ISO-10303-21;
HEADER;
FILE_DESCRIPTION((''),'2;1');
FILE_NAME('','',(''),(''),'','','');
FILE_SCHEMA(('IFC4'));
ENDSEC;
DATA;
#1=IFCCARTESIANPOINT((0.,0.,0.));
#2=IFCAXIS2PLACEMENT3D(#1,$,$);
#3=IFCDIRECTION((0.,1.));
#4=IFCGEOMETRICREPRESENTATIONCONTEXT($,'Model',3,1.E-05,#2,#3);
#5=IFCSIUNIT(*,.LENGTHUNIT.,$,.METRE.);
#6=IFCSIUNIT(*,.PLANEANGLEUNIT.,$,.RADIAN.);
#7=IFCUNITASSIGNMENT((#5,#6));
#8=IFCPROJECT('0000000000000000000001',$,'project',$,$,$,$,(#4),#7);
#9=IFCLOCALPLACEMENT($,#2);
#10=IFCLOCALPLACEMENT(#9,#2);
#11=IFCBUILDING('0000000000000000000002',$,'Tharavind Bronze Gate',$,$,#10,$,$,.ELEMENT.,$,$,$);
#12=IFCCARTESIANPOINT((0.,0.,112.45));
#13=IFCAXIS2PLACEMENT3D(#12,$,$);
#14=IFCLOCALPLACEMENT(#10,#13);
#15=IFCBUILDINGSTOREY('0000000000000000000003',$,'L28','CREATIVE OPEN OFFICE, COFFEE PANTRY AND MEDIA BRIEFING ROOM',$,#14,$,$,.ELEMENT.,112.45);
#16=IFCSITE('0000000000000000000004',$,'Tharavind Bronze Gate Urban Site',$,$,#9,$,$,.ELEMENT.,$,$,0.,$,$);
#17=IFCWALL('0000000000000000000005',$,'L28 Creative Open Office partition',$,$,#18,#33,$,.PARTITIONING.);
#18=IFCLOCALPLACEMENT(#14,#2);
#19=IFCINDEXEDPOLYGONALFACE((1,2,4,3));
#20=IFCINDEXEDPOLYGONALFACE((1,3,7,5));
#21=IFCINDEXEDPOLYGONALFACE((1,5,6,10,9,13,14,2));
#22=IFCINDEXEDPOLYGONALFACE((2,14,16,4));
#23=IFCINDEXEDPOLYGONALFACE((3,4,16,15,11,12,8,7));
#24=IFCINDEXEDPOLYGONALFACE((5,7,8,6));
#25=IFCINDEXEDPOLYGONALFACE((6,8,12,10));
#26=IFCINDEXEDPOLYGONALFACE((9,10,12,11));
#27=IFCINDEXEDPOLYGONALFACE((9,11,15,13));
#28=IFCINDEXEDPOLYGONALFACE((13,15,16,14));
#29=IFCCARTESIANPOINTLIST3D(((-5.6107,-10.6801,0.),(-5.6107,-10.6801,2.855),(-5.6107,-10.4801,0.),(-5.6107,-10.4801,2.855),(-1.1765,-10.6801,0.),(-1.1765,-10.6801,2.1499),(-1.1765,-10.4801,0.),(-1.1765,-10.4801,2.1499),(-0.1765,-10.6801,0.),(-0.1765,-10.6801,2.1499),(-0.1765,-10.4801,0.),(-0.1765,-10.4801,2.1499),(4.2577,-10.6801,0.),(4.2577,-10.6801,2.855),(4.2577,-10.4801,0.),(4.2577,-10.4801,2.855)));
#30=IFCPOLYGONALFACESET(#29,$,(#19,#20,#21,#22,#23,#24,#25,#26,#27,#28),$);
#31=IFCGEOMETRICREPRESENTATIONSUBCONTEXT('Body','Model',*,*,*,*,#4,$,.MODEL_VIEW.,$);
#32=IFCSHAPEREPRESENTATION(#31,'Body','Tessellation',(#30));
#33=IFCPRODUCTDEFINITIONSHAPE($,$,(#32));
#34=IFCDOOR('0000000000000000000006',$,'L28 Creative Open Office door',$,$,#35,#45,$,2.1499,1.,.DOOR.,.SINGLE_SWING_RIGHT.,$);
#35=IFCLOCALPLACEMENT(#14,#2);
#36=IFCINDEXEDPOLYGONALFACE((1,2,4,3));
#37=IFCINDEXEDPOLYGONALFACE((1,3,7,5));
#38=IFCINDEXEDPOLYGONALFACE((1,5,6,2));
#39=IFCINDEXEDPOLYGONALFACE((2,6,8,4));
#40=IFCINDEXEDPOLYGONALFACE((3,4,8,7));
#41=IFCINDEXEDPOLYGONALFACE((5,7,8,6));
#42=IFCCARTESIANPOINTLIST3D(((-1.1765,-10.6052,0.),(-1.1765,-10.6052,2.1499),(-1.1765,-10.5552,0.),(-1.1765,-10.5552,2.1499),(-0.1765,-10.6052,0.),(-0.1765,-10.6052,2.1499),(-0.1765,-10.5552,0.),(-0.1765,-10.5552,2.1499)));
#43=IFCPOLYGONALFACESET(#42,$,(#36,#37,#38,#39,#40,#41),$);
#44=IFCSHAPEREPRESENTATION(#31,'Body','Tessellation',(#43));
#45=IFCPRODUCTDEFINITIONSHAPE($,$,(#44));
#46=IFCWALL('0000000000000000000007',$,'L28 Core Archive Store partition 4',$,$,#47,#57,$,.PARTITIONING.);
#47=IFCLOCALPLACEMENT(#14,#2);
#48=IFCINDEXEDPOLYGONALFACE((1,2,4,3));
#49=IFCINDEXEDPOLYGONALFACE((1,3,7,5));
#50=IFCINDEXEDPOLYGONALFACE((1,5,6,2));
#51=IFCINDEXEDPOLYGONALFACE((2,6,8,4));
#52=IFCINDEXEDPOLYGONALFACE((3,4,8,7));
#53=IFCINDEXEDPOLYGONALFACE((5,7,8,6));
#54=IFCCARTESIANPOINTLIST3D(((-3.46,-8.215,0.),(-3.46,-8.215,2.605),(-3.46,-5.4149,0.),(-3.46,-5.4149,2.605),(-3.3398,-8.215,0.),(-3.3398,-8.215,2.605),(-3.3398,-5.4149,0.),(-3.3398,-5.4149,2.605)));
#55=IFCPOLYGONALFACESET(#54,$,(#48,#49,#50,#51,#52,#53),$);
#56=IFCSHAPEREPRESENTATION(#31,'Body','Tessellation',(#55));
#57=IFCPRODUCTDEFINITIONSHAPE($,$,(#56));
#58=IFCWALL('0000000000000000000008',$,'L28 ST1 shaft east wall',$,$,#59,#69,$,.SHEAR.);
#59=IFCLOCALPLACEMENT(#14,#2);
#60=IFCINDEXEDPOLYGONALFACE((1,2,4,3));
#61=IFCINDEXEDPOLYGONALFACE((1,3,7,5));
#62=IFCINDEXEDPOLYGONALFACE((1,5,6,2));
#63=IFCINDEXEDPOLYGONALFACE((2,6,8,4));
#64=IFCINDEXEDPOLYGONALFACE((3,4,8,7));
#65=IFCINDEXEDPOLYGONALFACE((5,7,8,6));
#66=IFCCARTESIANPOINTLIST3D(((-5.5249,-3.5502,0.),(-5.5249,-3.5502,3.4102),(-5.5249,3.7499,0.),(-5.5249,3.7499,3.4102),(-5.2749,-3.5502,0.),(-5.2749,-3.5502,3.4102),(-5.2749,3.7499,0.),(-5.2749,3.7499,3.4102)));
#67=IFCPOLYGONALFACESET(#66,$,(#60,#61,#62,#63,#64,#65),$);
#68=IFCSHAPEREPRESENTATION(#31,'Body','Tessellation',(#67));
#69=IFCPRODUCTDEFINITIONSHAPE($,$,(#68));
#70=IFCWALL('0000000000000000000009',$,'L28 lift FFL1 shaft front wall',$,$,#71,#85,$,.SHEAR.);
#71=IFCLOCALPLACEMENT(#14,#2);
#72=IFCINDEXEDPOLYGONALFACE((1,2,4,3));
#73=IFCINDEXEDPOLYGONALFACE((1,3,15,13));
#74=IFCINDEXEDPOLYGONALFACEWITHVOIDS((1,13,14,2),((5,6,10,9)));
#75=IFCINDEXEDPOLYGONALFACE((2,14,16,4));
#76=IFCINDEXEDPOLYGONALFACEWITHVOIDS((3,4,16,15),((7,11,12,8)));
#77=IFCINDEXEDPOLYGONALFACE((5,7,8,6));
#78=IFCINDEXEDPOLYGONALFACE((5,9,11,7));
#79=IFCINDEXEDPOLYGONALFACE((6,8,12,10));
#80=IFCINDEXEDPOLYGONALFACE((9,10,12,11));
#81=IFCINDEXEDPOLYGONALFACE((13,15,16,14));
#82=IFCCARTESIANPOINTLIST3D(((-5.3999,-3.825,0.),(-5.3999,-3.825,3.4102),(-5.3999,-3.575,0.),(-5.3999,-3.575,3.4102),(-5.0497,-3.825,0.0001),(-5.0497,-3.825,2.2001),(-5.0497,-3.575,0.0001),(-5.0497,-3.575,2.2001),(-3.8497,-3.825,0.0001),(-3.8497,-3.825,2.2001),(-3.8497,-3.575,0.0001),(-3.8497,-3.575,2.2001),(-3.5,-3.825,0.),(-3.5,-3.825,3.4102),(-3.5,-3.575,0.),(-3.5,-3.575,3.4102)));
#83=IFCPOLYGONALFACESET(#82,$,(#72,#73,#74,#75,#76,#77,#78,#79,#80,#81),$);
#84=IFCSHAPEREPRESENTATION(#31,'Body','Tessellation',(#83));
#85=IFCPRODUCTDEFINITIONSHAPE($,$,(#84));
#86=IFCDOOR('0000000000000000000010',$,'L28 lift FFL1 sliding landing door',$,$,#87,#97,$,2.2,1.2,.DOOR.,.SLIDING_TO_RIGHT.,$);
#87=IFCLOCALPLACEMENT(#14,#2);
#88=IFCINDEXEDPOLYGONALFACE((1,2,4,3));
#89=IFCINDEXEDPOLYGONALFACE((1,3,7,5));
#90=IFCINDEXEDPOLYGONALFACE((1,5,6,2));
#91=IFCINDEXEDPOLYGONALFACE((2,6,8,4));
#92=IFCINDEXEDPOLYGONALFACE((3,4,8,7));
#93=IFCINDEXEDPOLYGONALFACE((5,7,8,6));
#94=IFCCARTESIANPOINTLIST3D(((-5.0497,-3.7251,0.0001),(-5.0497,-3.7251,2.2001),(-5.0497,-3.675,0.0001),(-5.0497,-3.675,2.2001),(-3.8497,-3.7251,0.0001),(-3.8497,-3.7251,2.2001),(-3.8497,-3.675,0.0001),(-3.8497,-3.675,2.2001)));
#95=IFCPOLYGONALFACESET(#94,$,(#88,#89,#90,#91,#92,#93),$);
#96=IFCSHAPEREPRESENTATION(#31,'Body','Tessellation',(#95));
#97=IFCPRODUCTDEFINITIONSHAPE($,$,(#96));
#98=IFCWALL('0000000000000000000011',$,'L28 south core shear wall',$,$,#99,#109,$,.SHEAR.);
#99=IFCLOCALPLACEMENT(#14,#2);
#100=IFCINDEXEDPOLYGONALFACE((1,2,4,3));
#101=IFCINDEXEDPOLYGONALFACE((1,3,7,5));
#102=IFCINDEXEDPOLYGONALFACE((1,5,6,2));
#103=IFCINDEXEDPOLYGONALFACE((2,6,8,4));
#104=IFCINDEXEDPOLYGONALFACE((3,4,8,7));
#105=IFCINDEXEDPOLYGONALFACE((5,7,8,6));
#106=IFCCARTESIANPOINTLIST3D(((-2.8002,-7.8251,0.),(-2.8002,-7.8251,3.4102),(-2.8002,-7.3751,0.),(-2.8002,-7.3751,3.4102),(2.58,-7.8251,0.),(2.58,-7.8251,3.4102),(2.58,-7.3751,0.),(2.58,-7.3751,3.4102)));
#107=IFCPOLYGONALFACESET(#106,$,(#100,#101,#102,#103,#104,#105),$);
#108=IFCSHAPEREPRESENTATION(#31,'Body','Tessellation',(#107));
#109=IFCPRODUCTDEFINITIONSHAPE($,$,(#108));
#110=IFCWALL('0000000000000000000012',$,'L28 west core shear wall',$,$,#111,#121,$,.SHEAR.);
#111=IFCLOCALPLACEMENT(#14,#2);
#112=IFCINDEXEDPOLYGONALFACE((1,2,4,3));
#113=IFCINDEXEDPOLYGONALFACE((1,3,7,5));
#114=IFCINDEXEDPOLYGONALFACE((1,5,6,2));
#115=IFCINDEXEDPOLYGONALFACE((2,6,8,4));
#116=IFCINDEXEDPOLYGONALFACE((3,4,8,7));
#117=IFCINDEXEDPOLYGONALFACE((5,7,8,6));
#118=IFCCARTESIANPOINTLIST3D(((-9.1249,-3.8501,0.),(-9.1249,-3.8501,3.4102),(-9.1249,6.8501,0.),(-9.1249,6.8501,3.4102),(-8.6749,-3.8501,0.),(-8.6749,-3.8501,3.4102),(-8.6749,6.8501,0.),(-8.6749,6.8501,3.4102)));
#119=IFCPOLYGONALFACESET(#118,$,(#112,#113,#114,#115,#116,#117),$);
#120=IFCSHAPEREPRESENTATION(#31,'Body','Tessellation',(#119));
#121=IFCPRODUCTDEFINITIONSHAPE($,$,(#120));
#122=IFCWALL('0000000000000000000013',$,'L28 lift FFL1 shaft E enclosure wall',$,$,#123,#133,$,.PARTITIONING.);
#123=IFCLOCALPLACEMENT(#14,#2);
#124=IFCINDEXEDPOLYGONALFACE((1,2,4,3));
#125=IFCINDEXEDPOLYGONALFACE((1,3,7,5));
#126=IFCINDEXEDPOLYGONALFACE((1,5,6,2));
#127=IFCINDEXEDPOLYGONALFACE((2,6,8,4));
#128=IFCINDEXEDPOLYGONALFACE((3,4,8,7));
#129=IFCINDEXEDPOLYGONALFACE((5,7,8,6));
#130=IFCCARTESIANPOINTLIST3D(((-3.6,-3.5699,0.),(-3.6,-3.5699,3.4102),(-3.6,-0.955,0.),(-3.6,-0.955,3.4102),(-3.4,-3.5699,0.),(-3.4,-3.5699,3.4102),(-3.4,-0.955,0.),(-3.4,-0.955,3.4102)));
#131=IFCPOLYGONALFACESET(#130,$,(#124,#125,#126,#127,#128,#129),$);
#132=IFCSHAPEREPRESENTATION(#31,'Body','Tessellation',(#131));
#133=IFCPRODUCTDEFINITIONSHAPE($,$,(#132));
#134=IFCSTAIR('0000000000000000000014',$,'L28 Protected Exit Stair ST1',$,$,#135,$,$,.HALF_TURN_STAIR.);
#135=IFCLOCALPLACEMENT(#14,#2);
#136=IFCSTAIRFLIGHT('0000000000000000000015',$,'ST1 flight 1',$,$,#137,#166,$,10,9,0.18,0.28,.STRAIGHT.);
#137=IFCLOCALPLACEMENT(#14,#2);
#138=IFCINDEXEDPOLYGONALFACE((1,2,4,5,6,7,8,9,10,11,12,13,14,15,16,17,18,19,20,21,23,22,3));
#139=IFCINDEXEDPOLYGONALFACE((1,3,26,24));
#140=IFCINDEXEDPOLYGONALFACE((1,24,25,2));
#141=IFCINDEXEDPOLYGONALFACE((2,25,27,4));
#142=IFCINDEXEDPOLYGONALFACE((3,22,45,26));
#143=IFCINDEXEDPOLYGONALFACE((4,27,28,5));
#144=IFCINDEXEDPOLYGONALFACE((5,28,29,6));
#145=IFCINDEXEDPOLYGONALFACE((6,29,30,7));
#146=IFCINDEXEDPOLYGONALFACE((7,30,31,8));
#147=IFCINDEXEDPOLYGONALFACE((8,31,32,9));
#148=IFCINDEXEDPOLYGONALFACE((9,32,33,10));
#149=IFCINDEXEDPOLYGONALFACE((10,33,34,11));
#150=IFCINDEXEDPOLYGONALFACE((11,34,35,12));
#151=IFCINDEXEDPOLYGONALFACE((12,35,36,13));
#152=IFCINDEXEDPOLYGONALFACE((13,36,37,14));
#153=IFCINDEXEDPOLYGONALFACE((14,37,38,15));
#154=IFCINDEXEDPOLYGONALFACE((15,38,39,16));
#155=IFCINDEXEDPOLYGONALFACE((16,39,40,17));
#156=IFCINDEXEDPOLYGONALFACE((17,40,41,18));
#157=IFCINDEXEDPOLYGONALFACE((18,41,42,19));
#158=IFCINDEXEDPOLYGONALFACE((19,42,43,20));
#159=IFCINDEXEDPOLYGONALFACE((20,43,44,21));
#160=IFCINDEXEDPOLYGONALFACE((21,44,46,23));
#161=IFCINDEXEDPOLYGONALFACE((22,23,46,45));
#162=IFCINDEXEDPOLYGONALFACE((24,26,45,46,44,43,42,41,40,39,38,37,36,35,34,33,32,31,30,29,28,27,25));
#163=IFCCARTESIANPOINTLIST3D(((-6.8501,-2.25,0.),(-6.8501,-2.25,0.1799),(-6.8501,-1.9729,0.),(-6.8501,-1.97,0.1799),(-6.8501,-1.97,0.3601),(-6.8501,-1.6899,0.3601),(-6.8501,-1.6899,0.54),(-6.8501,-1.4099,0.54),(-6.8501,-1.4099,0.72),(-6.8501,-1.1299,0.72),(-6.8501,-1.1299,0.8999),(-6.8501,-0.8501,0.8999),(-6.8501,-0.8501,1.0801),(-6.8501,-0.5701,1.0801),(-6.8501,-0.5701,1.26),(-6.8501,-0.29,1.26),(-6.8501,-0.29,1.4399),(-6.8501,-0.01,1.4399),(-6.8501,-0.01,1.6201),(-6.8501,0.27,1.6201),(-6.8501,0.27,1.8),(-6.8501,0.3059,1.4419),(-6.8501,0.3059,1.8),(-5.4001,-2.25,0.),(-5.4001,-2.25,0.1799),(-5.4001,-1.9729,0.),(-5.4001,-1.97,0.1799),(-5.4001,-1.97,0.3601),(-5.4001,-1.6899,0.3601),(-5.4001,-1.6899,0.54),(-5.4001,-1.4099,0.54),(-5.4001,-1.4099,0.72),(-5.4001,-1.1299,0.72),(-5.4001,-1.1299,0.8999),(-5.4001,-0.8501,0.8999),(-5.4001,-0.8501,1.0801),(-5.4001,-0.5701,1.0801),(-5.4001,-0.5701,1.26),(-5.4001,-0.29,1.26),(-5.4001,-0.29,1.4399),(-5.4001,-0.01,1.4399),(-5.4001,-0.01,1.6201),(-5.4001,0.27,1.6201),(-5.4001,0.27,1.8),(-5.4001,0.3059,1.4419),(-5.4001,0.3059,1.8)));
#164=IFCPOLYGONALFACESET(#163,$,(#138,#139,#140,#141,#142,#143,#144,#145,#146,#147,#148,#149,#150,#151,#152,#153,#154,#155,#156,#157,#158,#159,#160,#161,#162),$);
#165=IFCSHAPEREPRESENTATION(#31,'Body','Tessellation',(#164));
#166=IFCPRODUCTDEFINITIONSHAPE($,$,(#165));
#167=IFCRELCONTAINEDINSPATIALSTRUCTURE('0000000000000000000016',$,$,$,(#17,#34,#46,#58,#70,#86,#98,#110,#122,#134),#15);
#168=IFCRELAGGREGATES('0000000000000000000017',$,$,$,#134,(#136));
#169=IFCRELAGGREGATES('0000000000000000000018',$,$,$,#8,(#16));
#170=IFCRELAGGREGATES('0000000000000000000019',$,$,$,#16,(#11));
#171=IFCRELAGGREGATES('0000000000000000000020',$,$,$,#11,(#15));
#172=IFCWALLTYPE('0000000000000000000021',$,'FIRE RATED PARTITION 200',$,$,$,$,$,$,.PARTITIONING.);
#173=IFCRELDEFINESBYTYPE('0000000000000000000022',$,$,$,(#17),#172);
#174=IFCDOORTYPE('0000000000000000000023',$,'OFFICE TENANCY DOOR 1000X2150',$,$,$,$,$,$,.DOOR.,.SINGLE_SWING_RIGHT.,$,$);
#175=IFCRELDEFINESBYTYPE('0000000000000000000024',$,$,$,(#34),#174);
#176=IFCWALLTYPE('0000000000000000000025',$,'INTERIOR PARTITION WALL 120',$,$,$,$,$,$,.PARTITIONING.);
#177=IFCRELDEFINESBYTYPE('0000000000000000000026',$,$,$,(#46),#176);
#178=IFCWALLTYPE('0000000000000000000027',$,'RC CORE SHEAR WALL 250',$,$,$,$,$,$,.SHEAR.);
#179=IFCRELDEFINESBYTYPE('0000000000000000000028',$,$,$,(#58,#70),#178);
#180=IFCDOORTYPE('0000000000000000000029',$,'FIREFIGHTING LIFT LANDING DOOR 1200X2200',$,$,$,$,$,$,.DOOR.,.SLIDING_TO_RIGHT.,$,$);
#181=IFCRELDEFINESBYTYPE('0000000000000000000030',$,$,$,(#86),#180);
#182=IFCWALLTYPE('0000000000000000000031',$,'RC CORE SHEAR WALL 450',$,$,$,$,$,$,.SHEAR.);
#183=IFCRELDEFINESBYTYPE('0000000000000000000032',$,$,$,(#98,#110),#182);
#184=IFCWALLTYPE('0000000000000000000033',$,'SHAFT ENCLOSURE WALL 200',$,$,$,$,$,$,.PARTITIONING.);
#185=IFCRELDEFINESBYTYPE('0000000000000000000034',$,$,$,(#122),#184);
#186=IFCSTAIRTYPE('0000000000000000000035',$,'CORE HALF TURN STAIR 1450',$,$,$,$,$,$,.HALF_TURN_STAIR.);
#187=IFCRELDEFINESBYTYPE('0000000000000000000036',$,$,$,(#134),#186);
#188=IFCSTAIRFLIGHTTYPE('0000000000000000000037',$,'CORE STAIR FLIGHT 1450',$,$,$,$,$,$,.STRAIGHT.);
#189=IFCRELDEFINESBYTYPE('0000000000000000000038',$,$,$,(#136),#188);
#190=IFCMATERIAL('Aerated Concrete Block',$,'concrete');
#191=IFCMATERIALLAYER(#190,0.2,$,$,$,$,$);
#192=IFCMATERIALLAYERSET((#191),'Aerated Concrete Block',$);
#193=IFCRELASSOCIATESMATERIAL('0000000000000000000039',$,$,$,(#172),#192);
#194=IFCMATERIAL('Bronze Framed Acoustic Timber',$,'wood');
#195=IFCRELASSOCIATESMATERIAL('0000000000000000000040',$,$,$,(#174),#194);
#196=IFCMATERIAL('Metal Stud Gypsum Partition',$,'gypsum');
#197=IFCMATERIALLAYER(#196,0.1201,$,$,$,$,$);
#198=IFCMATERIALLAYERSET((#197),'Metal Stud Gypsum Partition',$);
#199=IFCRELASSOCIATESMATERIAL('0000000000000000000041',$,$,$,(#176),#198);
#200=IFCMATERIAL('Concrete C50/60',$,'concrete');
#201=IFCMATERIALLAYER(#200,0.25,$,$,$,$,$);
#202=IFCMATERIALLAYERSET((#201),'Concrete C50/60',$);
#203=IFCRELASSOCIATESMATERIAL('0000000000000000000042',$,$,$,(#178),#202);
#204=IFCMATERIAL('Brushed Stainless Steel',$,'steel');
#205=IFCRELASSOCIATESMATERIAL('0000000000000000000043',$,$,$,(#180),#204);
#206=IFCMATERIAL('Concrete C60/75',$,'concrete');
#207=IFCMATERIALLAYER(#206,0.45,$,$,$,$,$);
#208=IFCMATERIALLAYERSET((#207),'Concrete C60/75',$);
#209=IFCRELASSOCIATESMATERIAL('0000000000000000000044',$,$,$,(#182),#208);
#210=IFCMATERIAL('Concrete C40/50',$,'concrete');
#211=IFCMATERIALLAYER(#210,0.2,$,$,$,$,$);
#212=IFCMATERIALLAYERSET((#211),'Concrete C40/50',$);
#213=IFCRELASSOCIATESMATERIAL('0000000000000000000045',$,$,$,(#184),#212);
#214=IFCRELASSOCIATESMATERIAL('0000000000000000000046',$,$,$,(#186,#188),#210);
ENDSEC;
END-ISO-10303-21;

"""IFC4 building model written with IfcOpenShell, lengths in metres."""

from ifc_helpers import new_model, si_unit, direction, frame, frame_2d, origin, place, context, subcontext, project, spatial, polyline, rectangle, outline, extrude, material, layer, layer_set, type_object, element, fill, aggregate, save


model = new_model("IFC4")

# Units and contexts
model_context = context("Model", 3, precision=1e-05, world=origin(), true_north=direction((0.0, 1.0)))
body_context = subcontext(model_context, "Body", "Model", "MODEL_VIEW")
ifc_project = project(units=[si_unit("LENGTHUNIT", "METRE"), si_unit("PLANEANGLEUNIT", "RADIAN")], contexts=[model_context])

# Site, building, storey
site_placement = place(None, origin())
site = spatial("IfcSite", under=ifc_project, at=site_placement, Name="Tharavind Bronze Gate Urban Site", CompositionType="ELEMENT", RefElevation=0.0)
building_placement = place(site_placement, origin())
building = spatial("IfcBuilding", under=site, at=building_placement, Name="Tharavind Bronze Gate", CompositionType="ELEMENT")
storey_placement = place(building_placement, frame((0.0, 0.0, 112.45)))
storey = spatial("IfcBuildingStorey", under=building, at=storey_placement, Name="L28", Description="CREATIVE OPEN OFFICE, COFFEE PANTRY AND MEDIA BRIEFING ROOM", CompositionType="ELEMENT", Elevation=112.45)

# Shared definitions
ifc_material_1 = material(Name="Concrete C60/75", Category="concrete")

# Shared definitions
ifc_material_2 = material(Name="Aerated Concrete Block", Category="concrete")
ifc_layer_1 = layer(ifc_material_2, 0.2)
ifc_layer_set_1 = layer_set([ifc_layer_1], Name="Aerated Concrete Block")
wall_type_1 = type_object("IfcWallType", Name="FIRE RATED PARTITION 200", PredefinedType="PARTITIONING", material=ifc_layer_set_1)

# Wall, opening, door
wall_1_placement = place(storey_placement, frame((-5.6106, -10.5801, 0.0), z_axis=(0.0, 0.0, 1.0), x_axis=(1.0, 0.0, 0.0)))
wall_1 = element("IfcWall", 1, at=wall_1_placement, inside=storey, type_object=wall_type_1, Name="L28 Creative Open Office partition", PredefinedType="PARTITIONING", context=body_context, shape_type="SweptSolid", body=[
    extrude(rectangle(XDim=9.8684, YDim=0.2, at=frame_2d((4.9341, 0.0))), origin(), (0.0, 0.0, 1.0), 2.855),
])
opening_1_placement = place(wall_1_placement, frame((4.4341, 0.0, 0.0)))
opening_1 = element("IfcOpeningElement", 2, at=opening_1_placement, cuts=wall_1, PredefinedType="OPENING", context=body_context, shape_type="SweptSolid", body=[
    extrude(rectangle(XDim=1.0, YDim=2.1499, at=frame_2d((0.5, 1.075))), frame((0.0, 0.1101, 0.0), z_axis=(0.0, -1.0, 0.0), x_axis=(1.0, 0.0, 0.0)), (0.0, 0.0, 1.0), 0.22),
])
ifc_material_3 = material(Name="Bronze Framed Acoustic Timber", Category="wood")
door_type_1 = type_object("IfcDoorType", Name="OFFICE TENANCY DOOR 1000X2150", OperationType="SINGLE_SWING_RIGHT", PredefinedType="DOOR", material=ifc_material_3)
door_1_placement = place(opening_1_placement, origin())
door_1 = element("IfcDoor", 3, at=door_1_placement, inside=storey, type_object=door_type_1, Name="L28 Creative Open Office door", OperationType="SINGLE_SWING_RIGHT", OverallHeight=2.1499, OverallWidth=1.0, PredefinedType="DOOR", context=body_context, shape_type="SweptSolid", body=[
    extrude(rectangle(XDim=1.0, YDim=2.1499, at=frame_2d((0.5, 1.075))), frame((0.0, 0.0249, 0.0), z_axis=(0.0, -1.0, 0.0), x_axis=(1.0, 0.0, 0.0)), (0.0, 0.0, 1.0), 0.05),
])
fill(opening_1, door_1)

# Walls
ifc_material_4 = material(Name="Metal Stud Gypsum Partition", Category="gypsum")
ifc_layer_2 = layer(ifc_material_4, 0.1201)
ifc_layer_set_2 = layer_set([ifc_layer_2], Name="Metal Stud Gypsum Partition")
wall_type_2 = type_object("IfcWallType", Name="INTERIOR PARTITION WALL 120", PredefinedType="PARTITIONING", material=ifc_layer_set_2)
wall_2_placement = place(storey_placement, frame((-3.3999, -5.415, 0.0), z_axis=(0.0, 0.0, 1.0), x_axis=(0.0, -1.0, 0.0)))
element("IfcWall", 4, at=wall_2_placement, inside=storey, type_object=wall_type_2, Name="L28 Core Archive Store partition 4", PredefinedType="PARTITIONING", context=body_context, shape_type="SweptSolid", body=[
    extrude(rectangle(XDim=2.8, YDim=0.1201, at=frame_2d((1.3999, 0.0))), origin(), (0.0, 0.0, 1.0), 2.605),
])
ifc_material_5 = material(Name="Concrete C50/60", Category="concrete")
ifc_layer_3 = layer(ifc_material_5, 0.25)
ifc_layer_set_3 = layer_set([ifc_layer_3], Name="Concrete C50/60")
wall_type_3 = type_object("IfcWallType", Name="RC CORE SHEAR WALL 250", PredefinedType="SHEAR", material=ifc_layer_set_3)
wall_3_placement = place(storey_placement, frame((-5.3999, -3.55, 0.0), z_axis=(0.0, 0.0, 1.0), x_axis=(0.0, 1.0, 0.0)))
element("IfcWall", 5, at=wall_3_placement, inside=storey, type_object=wall_type_3, Name="L28 ST1 shaft east wall", PredefinedType="SHEAR", context=body_context, shape_type="SweptSolid", body=[
    extrude(rectangle(XDim=7.3, YDim=0.25, at=frame_2d((3.6499, 0.0))), origin(), (0.0, 0.0, 1.0), 3.4102),
])

# Wall, opening, door
wall_4_placement = place(storey_placement, frame((-5.3999, -3.7, 0.0), z_axis=(0.0, 0.0, 1.0), x_axis=(1.0, 0.0, 0.0)))
wall_4 = element("IfcWall", 6, at=wall_4_placement, inside=storey, type_object=wall_type_3, Name="L28 lift FFL1 shaft front wall", PredefinedType="SHEAR", context=body_context, shape_type="SweptSolid", body=[
    extrude(rectangle(XDim=1.8999, YDim=0.25, at=frame_2d((0.95, 0.0))), origin(), (0.0, 0.0, 1.0), 3.4102),
])
opening_2_placement = place(wall_4_placement, frame((0.3501, 0.0, 0.0)))
opening_2 = element("IfcOpeningElement", 7, at=opening_2_placement, cuts=wall_4, PredefinedType="OPENING", context=body_context, shape_type="SweptSolid", body=[
    extrude(rectangle(XDim=1.2, YDim=2.2, at=frame_2d((0.6001, 1.1001))), frame((0.0, 0.135, 0.0), z_axis=(0.0, -1.0, 0.0), x_axis=(1.0, 0.0, 0.0)), (0.0, 0.0, 1.0), 0.27),
])
ifc_material_6 = material(Name="Brushed Stainless Steel", Category="steel")
door_type_2 = type_object("IfcDoorType", Name="FIREFIGHTING LIFT LANDING DOOR 1200X2200", OperationType="SLIDING_TO_RIGHT", PredefinedType="DOOR", material=ifc_material_6)
door_2_placement = place(opening_2_placement, origin())
door_2 = element("IfcDoor", 8, at=door_2_placement, inside=storey, type_object=door_type_2, Name="L28 lift FFL1 sliding landing door", OperationType="SLIDING_TO_RIGHT", OverallHeight=2.2, OverallWidth=1.2, PredefinedType="DOOR", context=body_context, shape_type="SweptSolid", body=[
    extrude(rectangle(XDim=1.2, YDim=2.2, at=frame_2d((0.6001, 1.1001))), frame((0.0, 0.0249, 0.0), z_axis=(0.0, -1.0, 0.0), x_axis=(1.0, 0.0, 0.0)), (0.0, 0.0, 1.0), 0.05),
])
fill(opening_2, door_2)

# Walls
ifc_layer_4 = layer(ifc_material_1, 0.45)
ifc_layer_set_4 = layer_set([ifc_layer_4], Name="Concrete C60/75")
wall_type_4 = type_object("IfcWallType", Name="RC CORE SHEAR WALL 450", PredefinedType="SHEAR", material=ifc_layer_set_4)
wall_5_placement = place(storey_placement, frame((-2.8, -7.6001, 0.0), z_axis=(0.0, 0.0, 1.0), x_axis=(1.0, 0.0, 0.0)))
element("IfcWall", 9, at=wall_5_placement, inside=storey, type_object=wall_type_4, Name="L28 south core shear wall", PredefinedType="SHEAR", context=body_context, shape_type="SweptSolid", body=[
    extrude(rectangle(XDim=5.3801, YDim=0.45, at=frame_2d((2.6899, 0.0))), origin(), (0.0, 0.0, 1.0), 3.4102),
])
wall_6_placement = place(storey_placement, frame((-8.8999, -3.8501, 0.0), z_axis=(0.0, 0.0, 1.0), x_axis=(0.0, 1.0, 0.0)))
element("IfcWall", 10, at=wall_6_placement, inside=storey, type_object=wall_type_4, Name="L28 west core shear wall", PredefinedType="SHEAR", context=body_context, shape_type="SweptSolid", body=[
    extrude(rectangle(XDim=10.7002, YDim=0.45, at=frame_2d((5.3501, 0.0))), origin(), (0.0, 0.0, 1.0), 3.4102),
])
ifc_material_7 = material(Name="Concrete C40/50", Category="concrete")
ifc_layer_5 = layer(ifc_material_7, 0.2)
ifc_layer_set_5 = layer_set([ifc_layer_5], Name="Concrete C40/50")
wall_type_5 = type_object("IfcWallType", Name="SHAFT ENCLOSURE WALL 200", PredefinedType="PARTITIONING", material=ifc_layer_set_5)
wall_7_placement = place(storey_placement, frame((-3.5, -3.5701, 0.0), z_axis=(0.0, 0.0, 1.0), x_axis=(0.0, 1.0, 0.0)))
element("IfcWall", 11, at=wall_7_placement, inside=storey, type_object=wall_type_5, Name="L28 lift FFL1 shaft E enclosure wall", PredefinedType="PARTITIONING", context=body_context, shape_type="SweptSolid", body=[
    extrude(rectangle(XDim=2.615, YDim=0.2, at=frame_2d((1.3076, 0.0))), origin(), (0.0, 0.0, 1.0), 3.4102),
])

# Stair, stair flight
stair_type = type_object("IfcStairType", Name="CORE HALF TURN STAIR 1450", PredefinedType="HALF_TURN_STAIR", material=ifc_material_7)
stair_placement = place(storey_placement, origin())
stair = element("IfcStair", 12, at=stair_placement, inside=storey, type_object=stair_type, Name="L28 Protected Exit Stair ST1", PredefinedType="HALF_TURN_STAIR")
stair_flight_type = type_object("IfcStairFlightType", Name="CORE STAIR FLIGHT 1450", PredefinedType="STRAIGHT", material=ifc_material_7)
stair_flight_placement = place(storey_placement, frame((-6.125, -2.25, 0.0), z_axis=(0.0, 0.0, 1.0), x_axis=(0.0, 1.0, 0.0)))
stair_flight = element("IfcStairFlight", 13, at=stair_flight_placement, type_object=stair_flight_type, Name="ST1 flight 1", NumberOfRisers=10, NumberOfTreads=9, PredefinedType="STRAIGHT", RiserHeight=0.18, TreadLength=0.28, context=body_context, shape_type="SweptSolid", body=[
    extrude(outline(polyline([(0.0, 0.0), (0.0, 0.1799), (0.28, 0.1799), (0.28, 0.3601), (0.5601, 0.3601), (0.5601, 0.54), (0.8401, 0.54), (0.8401, 0.72), (1.1201, 0.72), (1.1201, 0.8999), (1.3999, 0.8999), (1.3999, 1.0801), (1.6799, 1.0801), (1.6799, 1.26), (1.96, 1.26), (1.96, 1.4399), (2.24, 1.4399), (2.24, 1.6201), (2.52, 1.6201), (2.52, 1.8), (2.5559, 1.8), (2.5559, 1.4419), (0.2771, 0.0), (0.0, 0.0)])), frame((0.0, 0.7251, 0.0), z_axis=(0.0, -1.0, 0.0), x_axis=(1.0, 0.0, 0.0)), (0.0, 0.0, 1.0), 1.45),
])
aggregate(stair, [stair_flight])

save(model, "model.ifc")
